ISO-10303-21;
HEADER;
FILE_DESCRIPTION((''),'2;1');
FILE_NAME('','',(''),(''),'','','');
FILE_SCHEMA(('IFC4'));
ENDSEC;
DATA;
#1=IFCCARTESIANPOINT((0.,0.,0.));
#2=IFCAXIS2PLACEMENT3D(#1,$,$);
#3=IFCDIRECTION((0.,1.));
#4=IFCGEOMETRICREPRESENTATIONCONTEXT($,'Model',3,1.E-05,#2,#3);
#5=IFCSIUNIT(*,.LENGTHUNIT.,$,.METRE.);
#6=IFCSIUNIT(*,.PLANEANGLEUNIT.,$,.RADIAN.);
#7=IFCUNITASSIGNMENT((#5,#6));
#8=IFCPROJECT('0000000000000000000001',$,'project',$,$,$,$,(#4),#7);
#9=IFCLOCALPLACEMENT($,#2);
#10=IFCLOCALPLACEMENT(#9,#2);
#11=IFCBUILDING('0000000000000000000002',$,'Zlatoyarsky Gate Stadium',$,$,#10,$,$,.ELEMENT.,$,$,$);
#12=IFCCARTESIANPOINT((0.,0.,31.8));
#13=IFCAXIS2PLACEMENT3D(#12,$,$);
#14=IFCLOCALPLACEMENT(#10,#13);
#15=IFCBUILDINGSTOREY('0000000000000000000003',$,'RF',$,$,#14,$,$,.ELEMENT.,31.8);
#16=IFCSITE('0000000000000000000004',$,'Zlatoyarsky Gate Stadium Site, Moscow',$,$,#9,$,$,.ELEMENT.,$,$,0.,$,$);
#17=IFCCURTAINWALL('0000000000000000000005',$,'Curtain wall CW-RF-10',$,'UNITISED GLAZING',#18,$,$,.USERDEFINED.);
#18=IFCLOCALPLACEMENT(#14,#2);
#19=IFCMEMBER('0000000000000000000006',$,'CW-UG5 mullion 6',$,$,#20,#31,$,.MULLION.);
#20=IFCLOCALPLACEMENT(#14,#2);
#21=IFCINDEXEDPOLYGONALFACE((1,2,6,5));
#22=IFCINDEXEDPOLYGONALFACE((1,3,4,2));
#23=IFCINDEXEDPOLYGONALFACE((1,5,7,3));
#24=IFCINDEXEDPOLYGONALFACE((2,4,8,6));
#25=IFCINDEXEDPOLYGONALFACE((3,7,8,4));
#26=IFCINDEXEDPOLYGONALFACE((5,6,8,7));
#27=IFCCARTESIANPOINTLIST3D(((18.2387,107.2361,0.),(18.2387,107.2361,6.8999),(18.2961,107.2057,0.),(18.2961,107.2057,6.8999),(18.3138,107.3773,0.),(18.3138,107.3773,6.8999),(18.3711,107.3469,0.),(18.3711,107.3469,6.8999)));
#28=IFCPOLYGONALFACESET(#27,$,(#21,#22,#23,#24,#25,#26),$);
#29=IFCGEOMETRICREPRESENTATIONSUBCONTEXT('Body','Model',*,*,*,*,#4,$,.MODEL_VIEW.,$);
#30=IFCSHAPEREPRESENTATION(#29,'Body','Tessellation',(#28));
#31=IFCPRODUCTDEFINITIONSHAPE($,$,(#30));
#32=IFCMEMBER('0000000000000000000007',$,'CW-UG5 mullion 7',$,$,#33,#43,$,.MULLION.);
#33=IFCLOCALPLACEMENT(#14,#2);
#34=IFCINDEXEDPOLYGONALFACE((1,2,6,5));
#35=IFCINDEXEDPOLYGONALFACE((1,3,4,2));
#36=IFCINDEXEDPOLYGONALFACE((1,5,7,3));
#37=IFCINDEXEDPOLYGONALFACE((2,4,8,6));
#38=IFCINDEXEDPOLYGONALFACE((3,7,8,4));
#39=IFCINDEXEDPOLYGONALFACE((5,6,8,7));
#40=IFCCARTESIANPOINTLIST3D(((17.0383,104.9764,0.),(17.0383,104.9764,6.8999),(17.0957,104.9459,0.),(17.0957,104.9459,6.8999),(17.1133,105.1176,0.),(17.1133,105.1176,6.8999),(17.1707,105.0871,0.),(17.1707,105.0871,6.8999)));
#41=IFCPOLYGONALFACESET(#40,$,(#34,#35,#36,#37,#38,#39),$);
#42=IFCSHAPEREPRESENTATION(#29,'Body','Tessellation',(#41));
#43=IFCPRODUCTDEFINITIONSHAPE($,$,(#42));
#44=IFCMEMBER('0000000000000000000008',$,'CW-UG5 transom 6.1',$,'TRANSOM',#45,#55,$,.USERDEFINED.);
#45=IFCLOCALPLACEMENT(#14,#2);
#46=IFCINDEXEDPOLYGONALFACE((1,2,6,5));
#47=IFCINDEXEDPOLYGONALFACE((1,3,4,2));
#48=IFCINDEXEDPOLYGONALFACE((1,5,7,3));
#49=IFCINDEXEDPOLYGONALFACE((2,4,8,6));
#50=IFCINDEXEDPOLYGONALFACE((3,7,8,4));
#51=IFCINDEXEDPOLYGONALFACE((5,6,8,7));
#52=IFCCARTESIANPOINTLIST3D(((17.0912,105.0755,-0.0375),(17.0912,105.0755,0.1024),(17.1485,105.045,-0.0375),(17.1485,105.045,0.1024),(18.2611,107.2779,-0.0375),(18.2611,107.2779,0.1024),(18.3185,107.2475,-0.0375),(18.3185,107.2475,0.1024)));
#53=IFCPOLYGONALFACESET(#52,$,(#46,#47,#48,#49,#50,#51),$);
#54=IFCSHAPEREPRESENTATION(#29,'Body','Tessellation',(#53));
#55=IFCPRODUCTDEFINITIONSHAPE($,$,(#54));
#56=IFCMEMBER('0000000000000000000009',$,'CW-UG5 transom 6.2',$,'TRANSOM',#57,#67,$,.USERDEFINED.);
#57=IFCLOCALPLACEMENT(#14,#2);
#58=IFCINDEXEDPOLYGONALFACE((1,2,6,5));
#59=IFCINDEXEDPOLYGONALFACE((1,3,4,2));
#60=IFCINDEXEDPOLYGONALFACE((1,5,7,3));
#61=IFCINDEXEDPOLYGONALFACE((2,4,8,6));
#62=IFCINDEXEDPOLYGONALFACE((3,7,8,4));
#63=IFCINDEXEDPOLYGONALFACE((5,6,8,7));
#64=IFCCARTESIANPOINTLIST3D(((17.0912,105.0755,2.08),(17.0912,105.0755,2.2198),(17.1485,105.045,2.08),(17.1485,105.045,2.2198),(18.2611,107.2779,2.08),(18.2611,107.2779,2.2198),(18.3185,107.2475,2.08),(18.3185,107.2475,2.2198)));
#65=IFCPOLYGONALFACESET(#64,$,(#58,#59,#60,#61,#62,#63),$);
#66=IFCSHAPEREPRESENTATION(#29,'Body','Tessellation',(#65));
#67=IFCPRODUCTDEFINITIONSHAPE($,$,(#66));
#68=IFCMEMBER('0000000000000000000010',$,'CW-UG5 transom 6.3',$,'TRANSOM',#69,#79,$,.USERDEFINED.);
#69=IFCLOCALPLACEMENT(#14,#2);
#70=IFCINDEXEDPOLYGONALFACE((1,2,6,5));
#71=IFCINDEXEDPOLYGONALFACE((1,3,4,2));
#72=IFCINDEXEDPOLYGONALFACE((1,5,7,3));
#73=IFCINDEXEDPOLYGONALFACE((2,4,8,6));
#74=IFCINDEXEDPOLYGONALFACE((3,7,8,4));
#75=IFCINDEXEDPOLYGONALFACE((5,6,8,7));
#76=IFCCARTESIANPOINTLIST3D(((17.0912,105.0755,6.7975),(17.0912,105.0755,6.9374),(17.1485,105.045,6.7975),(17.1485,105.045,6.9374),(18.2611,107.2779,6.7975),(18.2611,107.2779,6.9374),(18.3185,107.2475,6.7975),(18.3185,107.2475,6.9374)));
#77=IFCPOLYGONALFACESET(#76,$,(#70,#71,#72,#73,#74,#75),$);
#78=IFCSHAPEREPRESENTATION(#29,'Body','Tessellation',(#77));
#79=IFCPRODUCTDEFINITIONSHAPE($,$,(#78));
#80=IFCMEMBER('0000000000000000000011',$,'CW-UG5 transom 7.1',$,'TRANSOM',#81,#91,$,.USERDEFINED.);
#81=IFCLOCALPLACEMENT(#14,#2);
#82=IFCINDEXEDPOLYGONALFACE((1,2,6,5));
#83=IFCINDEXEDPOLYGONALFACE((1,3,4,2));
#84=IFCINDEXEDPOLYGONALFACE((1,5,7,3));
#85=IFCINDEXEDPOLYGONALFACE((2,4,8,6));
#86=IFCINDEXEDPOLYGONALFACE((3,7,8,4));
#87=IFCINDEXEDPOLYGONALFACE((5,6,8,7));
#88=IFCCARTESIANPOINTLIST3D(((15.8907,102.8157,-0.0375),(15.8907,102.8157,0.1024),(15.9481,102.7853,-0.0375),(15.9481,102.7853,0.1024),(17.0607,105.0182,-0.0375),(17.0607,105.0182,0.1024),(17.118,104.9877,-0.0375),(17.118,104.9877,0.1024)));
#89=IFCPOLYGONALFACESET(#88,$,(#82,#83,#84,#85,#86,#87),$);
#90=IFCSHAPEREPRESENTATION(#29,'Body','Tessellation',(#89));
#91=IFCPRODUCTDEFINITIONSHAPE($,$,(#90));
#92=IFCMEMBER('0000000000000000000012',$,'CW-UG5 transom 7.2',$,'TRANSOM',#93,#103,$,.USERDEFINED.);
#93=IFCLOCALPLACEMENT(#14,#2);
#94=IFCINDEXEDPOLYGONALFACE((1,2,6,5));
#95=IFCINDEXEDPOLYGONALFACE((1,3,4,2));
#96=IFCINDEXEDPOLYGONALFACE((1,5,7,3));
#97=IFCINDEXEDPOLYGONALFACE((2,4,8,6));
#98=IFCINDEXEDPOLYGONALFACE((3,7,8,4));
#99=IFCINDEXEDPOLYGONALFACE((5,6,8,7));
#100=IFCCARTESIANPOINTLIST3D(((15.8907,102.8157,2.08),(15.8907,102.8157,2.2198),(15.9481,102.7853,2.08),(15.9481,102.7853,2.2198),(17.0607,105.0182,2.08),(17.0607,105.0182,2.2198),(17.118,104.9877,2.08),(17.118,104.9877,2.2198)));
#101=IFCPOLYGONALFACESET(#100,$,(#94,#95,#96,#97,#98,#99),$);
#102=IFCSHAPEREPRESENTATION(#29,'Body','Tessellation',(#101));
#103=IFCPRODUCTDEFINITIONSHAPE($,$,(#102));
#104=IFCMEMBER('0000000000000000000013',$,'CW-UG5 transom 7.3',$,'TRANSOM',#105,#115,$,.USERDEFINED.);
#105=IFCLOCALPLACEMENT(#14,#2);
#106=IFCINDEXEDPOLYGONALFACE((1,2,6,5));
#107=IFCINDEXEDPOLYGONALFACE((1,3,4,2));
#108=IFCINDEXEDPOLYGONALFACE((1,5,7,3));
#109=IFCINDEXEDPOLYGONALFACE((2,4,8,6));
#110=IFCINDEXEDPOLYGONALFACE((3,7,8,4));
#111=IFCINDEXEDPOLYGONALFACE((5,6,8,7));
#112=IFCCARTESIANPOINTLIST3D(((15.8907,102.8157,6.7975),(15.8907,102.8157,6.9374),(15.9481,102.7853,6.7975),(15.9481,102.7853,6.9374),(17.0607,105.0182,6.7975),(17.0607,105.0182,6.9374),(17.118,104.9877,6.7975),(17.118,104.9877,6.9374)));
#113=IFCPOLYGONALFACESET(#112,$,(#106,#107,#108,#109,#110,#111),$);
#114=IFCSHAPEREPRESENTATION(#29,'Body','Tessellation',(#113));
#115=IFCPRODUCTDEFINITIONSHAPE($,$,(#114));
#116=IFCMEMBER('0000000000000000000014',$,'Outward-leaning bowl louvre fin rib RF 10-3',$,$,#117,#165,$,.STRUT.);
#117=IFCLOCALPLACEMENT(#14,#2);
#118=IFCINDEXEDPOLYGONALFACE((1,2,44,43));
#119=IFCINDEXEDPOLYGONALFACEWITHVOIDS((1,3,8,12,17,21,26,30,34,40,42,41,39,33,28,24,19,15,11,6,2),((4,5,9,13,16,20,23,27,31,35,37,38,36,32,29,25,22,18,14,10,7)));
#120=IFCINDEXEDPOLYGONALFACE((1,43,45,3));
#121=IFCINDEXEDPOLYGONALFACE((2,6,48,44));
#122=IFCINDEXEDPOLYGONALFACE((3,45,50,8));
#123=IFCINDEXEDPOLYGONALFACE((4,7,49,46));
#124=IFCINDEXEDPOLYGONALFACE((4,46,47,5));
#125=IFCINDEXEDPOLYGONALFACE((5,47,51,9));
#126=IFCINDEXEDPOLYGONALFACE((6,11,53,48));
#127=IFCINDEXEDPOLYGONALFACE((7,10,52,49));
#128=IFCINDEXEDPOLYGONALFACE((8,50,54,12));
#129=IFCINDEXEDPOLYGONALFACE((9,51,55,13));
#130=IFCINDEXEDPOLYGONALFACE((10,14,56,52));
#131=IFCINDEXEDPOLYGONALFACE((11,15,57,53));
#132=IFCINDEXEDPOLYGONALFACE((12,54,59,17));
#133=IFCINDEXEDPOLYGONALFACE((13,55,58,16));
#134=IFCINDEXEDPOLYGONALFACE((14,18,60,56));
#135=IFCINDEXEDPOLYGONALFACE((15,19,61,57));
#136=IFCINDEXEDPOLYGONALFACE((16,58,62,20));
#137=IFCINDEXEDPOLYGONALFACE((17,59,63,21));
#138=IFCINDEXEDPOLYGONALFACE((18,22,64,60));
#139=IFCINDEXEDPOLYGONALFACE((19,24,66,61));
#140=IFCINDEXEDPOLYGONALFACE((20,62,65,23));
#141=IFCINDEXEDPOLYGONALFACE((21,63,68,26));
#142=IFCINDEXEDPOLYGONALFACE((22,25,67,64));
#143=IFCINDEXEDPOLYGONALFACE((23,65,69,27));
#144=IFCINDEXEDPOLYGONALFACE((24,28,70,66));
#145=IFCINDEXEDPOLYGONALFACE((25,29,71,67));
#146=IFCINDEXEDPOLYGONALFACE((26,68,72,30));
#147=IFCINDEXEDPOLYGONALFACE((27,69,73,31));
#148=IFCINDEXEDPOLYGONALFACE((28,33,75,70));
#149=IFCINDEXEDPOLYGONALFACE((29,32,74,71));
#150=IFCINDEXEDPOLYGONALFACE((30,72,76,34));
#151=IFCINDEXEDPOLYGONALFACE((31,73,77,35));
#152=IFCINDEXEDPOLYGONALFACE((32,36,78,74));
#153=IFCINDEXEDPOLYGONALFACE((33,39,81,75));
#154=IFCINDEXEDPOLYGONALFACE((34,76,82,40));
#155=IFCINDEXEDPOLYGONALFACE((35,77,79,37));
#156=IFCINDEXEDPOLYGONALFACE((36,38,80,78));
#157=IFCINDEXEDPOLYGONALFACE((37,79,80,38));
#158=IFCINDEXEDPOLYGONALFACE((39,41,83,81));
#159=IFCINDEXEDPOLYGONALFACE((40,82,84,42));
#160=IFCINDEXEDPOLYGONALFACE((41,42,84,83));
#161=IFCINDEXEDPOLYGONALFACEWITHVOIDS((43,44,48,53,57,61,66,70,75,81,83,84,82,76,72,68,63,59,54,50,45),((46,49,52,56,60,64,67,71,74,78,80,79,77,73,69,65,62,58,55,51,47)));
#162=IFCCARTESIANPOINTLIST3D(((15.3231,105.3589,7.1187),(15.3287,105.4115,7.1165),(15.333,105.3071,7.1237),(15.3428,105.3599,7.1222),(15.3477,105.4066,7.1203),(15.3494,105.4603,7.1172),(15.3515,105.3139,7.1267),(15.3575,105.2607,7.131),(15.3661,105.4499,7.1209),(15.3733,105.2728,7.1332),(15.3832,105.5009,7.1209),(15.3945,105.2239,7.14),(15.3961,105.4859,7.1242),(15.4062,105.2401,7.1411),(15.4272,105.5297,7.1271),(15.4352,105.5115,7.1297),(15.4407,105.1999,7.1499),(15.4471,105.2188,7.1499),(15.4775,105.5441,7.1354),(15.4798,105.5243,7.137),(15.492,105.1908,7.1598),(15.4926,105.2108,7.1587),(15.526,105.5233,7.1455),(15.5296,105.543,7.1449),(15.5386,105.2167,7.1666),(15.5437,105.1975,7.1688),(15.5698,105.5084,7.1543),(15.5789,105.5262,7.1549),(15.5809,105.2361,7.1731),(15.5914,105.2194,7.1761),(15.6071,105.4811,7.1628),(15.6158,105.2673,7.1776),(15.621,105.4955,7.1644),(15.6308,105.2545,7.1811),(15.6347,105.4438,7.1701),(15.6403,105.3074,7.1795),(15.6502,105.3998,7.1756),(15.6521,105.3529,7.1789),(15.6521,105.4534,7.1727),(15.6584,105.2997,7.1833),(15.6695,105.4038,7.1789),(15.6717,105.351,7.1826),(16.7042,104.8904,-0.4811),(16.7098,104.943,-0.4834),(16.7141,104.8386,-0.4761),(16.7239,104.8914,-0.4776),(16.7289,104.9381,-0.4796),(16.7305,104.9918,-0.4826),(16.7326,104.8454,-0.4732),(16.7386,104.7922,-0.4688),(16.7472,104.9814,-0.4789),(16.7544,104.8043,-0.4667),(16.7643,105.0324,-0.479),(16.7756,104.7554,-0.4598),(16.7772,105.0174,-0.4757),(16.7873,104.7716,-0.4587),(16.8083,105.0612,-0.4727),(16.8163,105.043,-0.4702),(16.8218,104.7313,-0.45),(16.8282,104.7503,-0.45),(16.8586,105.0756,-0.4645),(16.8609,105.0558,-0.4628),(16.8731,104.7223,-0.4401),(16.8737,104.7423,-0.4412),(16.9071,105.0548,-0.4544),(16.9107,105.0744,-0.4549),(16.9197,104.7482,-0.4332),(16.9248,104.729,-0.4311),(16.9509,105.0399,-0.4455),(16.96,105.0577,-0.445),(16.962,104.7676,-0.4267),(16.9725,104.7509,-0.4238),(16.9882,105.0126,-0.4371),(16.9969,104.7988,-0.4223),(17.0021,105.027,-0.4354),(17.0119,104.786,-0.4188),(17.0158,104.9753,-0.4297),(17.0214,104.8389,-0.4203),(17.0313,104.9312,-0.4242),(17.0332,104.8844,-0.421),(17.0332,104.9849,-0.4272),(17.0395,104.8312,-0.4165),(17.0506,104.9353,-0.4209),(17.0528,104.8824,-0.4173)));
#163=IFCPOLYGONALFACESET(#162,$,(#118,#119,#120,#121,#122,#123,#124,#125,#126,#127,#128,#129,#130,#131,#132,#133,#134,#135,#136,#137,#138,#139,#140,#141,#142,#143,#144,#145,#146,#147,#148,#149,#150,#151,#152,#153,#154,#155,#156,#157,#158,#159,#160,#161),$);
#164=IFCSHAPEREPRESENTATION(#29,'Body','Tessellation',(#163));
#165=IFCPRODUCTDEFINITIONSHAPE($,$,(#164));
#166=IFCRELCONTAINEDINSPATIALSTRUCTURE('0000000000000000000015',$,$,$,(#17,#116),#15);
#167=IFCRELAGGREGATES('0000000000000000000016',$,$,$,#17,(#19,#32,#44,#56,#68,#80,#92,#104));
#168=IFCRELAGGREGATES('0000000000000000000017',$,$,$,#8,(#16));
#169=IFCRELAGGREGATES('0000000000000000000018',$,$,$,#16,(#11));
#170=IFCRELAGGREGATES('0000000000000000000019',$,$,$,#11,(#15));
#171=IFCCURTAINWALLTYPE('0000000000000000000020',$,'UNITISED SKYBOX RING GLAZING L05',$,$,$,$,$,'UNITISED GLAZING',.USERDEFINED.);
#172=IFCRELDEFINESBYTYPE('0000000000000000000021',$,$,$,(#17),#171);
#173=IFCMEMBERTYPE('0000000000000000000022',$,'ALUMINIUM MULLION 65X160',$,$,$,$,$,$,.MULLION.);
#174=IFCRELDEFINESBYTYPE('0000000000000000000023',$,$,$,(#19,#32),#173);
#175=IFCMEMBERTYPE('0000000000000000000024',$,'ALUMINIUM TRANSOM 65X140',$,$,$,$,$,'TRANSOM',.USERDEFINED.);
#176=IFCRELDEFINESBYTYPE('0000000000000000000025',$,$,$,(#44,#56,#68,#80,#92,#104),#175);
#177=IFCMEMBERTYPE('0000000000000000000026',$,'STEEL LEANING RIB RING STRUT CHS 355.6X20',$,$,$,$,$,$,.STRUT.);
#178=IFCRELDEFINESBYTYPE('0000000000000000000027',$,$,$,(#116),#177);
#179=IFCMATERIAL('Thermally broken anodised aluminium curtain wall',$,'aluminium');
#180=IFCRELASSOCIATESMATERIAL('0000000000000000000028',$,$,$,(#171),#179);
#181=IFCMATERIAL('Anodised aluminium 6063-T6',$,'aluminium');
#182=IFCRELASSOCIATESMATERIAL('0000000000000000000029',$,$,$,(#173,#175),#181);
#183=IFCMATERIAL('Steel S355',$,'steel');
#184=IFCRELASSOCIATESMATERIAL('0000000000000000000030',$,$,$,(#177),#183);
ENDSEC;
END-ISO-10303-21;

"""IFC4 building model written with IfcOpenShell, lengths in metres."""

from ifc_helpers import new_model, si_unit, direction, frame, origin, origin_2d, place, context, subcontext, project, spatial, rectangle, hollow_circle, extrude, material, material_profile, profile_set, type_object, element, aggregate, save


model = new_model("IFC4")

# Units and contexts
model_context = context("Model", 3, precision=1e-05, world=origin(), true_north=direction((0.0, 1.0)))
body_context = subcontext(model_context, "Body", "Model", "MODEL_VIEW")
ifc_project = project(units=[si_unit("LENGTHUNIT", "METRE"), si_unit("PLANEANGLEUNIT", "RADIAN")], contexts=[model_context])

# Site, building, storey
site_placement = place(None, origin())
site = spatial("IfcSite", under=ifc_project, at=site_placement, Name="Zlatoyarsky Gate Stadium Site, Moscow", CompositionType="ELEMENT", RefElevation=0.0)
building_placement = place(site_placement, origin())
building = spatial("IfcBuilding", under=site, at=building_placement, Name="Zlatoyarsky Gate Stadium", CompositionType="ELEMENT")
storey_placement = place(building_placement, frame((0.0, 0.0, 31.8)))
storey = spatial("IfcBuildingStorey", under=building, at=storey_placement, Name="RF", CompositionType="ELEMENT", Elevation=31.8)

# Curtain wall, members
ifc_material_1 = material(Name="Thermally broken anodised aluminium curtain wall", Category="aluminium")
curtain_wall_type = type_object("IfcCurtainWallType", Name="UNITISED SKYBOX RING GLAZING L05", ElementType="UNITISED GLAZING", PredefinedType="USERDEFINED", material=ifc_material_1)
curtain_wall_placement = place(storey_placement, origin())
curtain_wall = element("IfcCurtainWall", 1, at=curtain_wall_placement, inside=storey, type_object=curtain_wall_type, Name="Curtain wall CW-RF-10", ObjectType="UNITISED GLAZING", PredefinedType="USERDEFINED")
ifc_material_2 = material(Name="Anodised aluminium 6063-T6", Category="aluminium")
ifc_material_profile_1 = material_profile(ifc_material_2, rectangle(XDim=0.0649, YDim=0.1599, at=origin_2d()), Name="ALU 65X160")
ifc_profile_set_1 = profile_set([ifc_material_profile_1], Name="Anodised aluminium 6063-T6")
member_type_1 = type_object("IfcMemberType", Name="ALUMINIUM MULLION 65X160", PredefinedType="MULLION", material=ifc_profile_set_1)
member_1_placement = place(storey_placement, frame((18.3049, 107.2915, 0.0), z_axis=(0.0, 0.0, 1.0), x_axis=(0.883131, -0.469127, 0.0)))
member_1 = element("IfcMember", 2, at=member_1_placement, type_object=member_type_1, Name="CW-UG5 mullion 6", PredefinedType="MULLION", context=body_context, shape_type="SweptSolid", body=[
    extrude(rectangle(XDim=0.0649, YDim=0.1599, at=origin_2d()), origin(), (0.0, 0.0, 1.0), 6.8999),
])
member_2_placement = place(storey_placement, frame((17.1045, 105.0317, 0.0), z_axis=(0.0, 0.0, 1.0), x_axis=(0.883131, -0.469127, 0.0)))
member_2 = element("IfcMember", 3, at=member_2_placement, type_object=member_type_1, Name="CW-UG5 mullion 7", PredefinedType="MULLION", context=body_context, shape_type="SweptSolid", body=[
    extrude(rectangle(XDim=0.0649, YDim=0.1599, at=origin_2d()), origin(), (0.0, 0.0, 1.0), 6.8999),
])
ifc_material_profile_2 = material_profile(ifc_material_2, rectangle(XDim=0.0649, YDim=0.1399, at=origin_2d()), Name="ALU 65X140")
ifc_profile_set_2 = profile_set([ifc_material_profile_2], Name="Anodised aluminium 6063-T6")
member_type_2 = type_object("IfcMemberType", Name="ALUMINIUM TRANSOM 65X140", ElementType="TRANSOM", PredefinedType="USERDEFINED", material=ifc_profile_set_2)
member_3_placement = place(storey_placement, frame((18.2898, 107.2627, 0.0325), z_axis=(-0.469124, -0.883132, 0.0), x_axis=(0.883132, -0.469124, 0.0)))
member_3 = element("IfcMember", 4, at=member_3_placement, type_object=member_type_2, Name="CW-UG5 transom 6.1", ObjectType="TRANSOM", PredefinedType="USERDEFINED", context=body_context, shape_type="SweptSolid", body=[
    extrude(rectangle(XDim=0.0649, YDim=0.1399, at=origin_2d()), origin(), (0.0, 0.0, 1.0), 2.4939),
])
member_4_placement = place(storey_placement, frame((18.2898, 107.2627, 2.1499), z_axis=(-0.469124, -0.883132, 0.0), x_axis=(0.883132, -0.469124, 0.0)))
member_4 = element("IfcMember", 5, at=member_4_placement, type_object=member_type_2, Name="CW-UG5 transom 6.2", ObjectType="TRANSOM", PredefinedType="USERDEFINED", context=body_context, shape_type="SweptSolid", body=[
    extrude(rectangle(XDim=0.0649, YDim=0.1399, at=origin_2d()), origin(), (0.0, 0.0, 1.0), 2.4939),
])
member_5_placement = place(storey_placement, frame((18.2898, 107.2627, 6.8674), z_axis=(-0.469124, -0.883132, 0.0), x_axis=(0.883132, -0.469124, 0.0)))
member_5 = element("IfcMember", 6, at=member_5_placement, type_object=member_type_2, Name="CW-UG5 transom 6.3", ObjectType="TRANSOM", PredefinedType="USERDEFINED", context=body_context, shape_type="SweptSolid", body=[
    extrude(rectangle(XDim=0.0649, YDim=0.1399, at=origin_2d()), origin(), (0.0, 0.0, 1.0), 2.4939),
])
member_6_placement = place(storey_placement, frame((17.0894, 105.0029, 0.0325), z_axis=(-0.469124, -0.883132, 0.0), x_axis=(0.883132, -0.469124, 0.0)))
member_6 = element("IfcMember", 7, at=member_6_placement, type_object=member_type_2, Name="CW-UG5 transom 7.1", ObjectType="TRANSOM", PredefinedType="USERDEFINED", context=body_context, shape_type="SweptSolid", body=[
    extrude(rectangle(XDim=0.0649, YDim=0.1399, at=origin_2d()), origin(), (0.0, 0.0, 1.0), 2.4939),
])
member_7_placement = place(storey_placement, frame((17.0894, 105.0029, 2.1499), z_axis=(-0.469124, -0.883132, 0.0), x_axis=(0.883132, -0.469124, 0.0)))
member_7 = element("IfcMember", 8, at=member_7_placement, type_object=member_type_2, Name="CW-UG5 transom 7.2", ObjectType="TRANSOM", PredefinedType="USERDEFINED", context=body_context, shape_type="SweptSolid", body=[
    extrude(rectangle(XDim=0.0649, YDim=0.1399, at=origin_2d()), origin(), (0.0, 0.0, 1.0), 2.4939),
])
member_8_placement = place(storey_placement, frame((17.0894, 105.0029, 6.8674), z_axis=(-0.469124, -0.883132, 0.0), x_axis=(0.883132, -0.469124, 0.0)))
member_8 = element("IfcMember", 9, at=member_8_placement, type_object=member_type_2, Name="CW-UG5 transom 7.3", ObjectType="TRANSOM", PredefinedType="USERDEFINED", context=body_context, shape_type="SweptSolid", body=[
    extrude(rectangle(XDim=0.0649, YDim=0.1399, at=origin_2d()), origin(), (0.0, 0.0, 1.0), 2.4939),
])

# Member
ifc_material_3 = material(Name="Steel S355", Category="steel")
ifc_material_profile_3 = material_profile(ifc_material_3, hollow_circle(Radius=0.1777, WallThickness=0.02, at=origin_2d()), Name="CHS 355.6X20")
ifc_profile_set_3 = profile_set([ifc_material_profile_3], Name="Steel S355")
member_type_3 = type_object("IfcMemberType", Name="STEEL LEANING RIB RING STRUT CHS 355.6X20", PredefinedType="STRUT", material=ifc_profile_set_3)
member_9_placement = place(storey_placement, frame((16.8789, 104.8997, -0.45), z_axis=(-0.178471, 0.060542, 0.982081), x_axis=(-0.321245, -0.946996, 0.0)))
element("IfcMember", 10, at=member_9_placement, inside=storey, type_object=member_type_3, Name="Outward-leaning bowl louvre fin rib RF 10-3", PredefinedType="STRUT", context=body_context, shape_type="SweptSolid", body=[
    extrude(hollow_circle(Radius=0.1777, WallThickness=0.02, at=origin_2d()), origin(), (0.0, 0.0, 1.0), 7.7385),
])

aggregate(curtain_wall, [member_1, member_2, member_3, member_4, member_5, member_6, member_7, member_8])

save(model, "model.ifc")
